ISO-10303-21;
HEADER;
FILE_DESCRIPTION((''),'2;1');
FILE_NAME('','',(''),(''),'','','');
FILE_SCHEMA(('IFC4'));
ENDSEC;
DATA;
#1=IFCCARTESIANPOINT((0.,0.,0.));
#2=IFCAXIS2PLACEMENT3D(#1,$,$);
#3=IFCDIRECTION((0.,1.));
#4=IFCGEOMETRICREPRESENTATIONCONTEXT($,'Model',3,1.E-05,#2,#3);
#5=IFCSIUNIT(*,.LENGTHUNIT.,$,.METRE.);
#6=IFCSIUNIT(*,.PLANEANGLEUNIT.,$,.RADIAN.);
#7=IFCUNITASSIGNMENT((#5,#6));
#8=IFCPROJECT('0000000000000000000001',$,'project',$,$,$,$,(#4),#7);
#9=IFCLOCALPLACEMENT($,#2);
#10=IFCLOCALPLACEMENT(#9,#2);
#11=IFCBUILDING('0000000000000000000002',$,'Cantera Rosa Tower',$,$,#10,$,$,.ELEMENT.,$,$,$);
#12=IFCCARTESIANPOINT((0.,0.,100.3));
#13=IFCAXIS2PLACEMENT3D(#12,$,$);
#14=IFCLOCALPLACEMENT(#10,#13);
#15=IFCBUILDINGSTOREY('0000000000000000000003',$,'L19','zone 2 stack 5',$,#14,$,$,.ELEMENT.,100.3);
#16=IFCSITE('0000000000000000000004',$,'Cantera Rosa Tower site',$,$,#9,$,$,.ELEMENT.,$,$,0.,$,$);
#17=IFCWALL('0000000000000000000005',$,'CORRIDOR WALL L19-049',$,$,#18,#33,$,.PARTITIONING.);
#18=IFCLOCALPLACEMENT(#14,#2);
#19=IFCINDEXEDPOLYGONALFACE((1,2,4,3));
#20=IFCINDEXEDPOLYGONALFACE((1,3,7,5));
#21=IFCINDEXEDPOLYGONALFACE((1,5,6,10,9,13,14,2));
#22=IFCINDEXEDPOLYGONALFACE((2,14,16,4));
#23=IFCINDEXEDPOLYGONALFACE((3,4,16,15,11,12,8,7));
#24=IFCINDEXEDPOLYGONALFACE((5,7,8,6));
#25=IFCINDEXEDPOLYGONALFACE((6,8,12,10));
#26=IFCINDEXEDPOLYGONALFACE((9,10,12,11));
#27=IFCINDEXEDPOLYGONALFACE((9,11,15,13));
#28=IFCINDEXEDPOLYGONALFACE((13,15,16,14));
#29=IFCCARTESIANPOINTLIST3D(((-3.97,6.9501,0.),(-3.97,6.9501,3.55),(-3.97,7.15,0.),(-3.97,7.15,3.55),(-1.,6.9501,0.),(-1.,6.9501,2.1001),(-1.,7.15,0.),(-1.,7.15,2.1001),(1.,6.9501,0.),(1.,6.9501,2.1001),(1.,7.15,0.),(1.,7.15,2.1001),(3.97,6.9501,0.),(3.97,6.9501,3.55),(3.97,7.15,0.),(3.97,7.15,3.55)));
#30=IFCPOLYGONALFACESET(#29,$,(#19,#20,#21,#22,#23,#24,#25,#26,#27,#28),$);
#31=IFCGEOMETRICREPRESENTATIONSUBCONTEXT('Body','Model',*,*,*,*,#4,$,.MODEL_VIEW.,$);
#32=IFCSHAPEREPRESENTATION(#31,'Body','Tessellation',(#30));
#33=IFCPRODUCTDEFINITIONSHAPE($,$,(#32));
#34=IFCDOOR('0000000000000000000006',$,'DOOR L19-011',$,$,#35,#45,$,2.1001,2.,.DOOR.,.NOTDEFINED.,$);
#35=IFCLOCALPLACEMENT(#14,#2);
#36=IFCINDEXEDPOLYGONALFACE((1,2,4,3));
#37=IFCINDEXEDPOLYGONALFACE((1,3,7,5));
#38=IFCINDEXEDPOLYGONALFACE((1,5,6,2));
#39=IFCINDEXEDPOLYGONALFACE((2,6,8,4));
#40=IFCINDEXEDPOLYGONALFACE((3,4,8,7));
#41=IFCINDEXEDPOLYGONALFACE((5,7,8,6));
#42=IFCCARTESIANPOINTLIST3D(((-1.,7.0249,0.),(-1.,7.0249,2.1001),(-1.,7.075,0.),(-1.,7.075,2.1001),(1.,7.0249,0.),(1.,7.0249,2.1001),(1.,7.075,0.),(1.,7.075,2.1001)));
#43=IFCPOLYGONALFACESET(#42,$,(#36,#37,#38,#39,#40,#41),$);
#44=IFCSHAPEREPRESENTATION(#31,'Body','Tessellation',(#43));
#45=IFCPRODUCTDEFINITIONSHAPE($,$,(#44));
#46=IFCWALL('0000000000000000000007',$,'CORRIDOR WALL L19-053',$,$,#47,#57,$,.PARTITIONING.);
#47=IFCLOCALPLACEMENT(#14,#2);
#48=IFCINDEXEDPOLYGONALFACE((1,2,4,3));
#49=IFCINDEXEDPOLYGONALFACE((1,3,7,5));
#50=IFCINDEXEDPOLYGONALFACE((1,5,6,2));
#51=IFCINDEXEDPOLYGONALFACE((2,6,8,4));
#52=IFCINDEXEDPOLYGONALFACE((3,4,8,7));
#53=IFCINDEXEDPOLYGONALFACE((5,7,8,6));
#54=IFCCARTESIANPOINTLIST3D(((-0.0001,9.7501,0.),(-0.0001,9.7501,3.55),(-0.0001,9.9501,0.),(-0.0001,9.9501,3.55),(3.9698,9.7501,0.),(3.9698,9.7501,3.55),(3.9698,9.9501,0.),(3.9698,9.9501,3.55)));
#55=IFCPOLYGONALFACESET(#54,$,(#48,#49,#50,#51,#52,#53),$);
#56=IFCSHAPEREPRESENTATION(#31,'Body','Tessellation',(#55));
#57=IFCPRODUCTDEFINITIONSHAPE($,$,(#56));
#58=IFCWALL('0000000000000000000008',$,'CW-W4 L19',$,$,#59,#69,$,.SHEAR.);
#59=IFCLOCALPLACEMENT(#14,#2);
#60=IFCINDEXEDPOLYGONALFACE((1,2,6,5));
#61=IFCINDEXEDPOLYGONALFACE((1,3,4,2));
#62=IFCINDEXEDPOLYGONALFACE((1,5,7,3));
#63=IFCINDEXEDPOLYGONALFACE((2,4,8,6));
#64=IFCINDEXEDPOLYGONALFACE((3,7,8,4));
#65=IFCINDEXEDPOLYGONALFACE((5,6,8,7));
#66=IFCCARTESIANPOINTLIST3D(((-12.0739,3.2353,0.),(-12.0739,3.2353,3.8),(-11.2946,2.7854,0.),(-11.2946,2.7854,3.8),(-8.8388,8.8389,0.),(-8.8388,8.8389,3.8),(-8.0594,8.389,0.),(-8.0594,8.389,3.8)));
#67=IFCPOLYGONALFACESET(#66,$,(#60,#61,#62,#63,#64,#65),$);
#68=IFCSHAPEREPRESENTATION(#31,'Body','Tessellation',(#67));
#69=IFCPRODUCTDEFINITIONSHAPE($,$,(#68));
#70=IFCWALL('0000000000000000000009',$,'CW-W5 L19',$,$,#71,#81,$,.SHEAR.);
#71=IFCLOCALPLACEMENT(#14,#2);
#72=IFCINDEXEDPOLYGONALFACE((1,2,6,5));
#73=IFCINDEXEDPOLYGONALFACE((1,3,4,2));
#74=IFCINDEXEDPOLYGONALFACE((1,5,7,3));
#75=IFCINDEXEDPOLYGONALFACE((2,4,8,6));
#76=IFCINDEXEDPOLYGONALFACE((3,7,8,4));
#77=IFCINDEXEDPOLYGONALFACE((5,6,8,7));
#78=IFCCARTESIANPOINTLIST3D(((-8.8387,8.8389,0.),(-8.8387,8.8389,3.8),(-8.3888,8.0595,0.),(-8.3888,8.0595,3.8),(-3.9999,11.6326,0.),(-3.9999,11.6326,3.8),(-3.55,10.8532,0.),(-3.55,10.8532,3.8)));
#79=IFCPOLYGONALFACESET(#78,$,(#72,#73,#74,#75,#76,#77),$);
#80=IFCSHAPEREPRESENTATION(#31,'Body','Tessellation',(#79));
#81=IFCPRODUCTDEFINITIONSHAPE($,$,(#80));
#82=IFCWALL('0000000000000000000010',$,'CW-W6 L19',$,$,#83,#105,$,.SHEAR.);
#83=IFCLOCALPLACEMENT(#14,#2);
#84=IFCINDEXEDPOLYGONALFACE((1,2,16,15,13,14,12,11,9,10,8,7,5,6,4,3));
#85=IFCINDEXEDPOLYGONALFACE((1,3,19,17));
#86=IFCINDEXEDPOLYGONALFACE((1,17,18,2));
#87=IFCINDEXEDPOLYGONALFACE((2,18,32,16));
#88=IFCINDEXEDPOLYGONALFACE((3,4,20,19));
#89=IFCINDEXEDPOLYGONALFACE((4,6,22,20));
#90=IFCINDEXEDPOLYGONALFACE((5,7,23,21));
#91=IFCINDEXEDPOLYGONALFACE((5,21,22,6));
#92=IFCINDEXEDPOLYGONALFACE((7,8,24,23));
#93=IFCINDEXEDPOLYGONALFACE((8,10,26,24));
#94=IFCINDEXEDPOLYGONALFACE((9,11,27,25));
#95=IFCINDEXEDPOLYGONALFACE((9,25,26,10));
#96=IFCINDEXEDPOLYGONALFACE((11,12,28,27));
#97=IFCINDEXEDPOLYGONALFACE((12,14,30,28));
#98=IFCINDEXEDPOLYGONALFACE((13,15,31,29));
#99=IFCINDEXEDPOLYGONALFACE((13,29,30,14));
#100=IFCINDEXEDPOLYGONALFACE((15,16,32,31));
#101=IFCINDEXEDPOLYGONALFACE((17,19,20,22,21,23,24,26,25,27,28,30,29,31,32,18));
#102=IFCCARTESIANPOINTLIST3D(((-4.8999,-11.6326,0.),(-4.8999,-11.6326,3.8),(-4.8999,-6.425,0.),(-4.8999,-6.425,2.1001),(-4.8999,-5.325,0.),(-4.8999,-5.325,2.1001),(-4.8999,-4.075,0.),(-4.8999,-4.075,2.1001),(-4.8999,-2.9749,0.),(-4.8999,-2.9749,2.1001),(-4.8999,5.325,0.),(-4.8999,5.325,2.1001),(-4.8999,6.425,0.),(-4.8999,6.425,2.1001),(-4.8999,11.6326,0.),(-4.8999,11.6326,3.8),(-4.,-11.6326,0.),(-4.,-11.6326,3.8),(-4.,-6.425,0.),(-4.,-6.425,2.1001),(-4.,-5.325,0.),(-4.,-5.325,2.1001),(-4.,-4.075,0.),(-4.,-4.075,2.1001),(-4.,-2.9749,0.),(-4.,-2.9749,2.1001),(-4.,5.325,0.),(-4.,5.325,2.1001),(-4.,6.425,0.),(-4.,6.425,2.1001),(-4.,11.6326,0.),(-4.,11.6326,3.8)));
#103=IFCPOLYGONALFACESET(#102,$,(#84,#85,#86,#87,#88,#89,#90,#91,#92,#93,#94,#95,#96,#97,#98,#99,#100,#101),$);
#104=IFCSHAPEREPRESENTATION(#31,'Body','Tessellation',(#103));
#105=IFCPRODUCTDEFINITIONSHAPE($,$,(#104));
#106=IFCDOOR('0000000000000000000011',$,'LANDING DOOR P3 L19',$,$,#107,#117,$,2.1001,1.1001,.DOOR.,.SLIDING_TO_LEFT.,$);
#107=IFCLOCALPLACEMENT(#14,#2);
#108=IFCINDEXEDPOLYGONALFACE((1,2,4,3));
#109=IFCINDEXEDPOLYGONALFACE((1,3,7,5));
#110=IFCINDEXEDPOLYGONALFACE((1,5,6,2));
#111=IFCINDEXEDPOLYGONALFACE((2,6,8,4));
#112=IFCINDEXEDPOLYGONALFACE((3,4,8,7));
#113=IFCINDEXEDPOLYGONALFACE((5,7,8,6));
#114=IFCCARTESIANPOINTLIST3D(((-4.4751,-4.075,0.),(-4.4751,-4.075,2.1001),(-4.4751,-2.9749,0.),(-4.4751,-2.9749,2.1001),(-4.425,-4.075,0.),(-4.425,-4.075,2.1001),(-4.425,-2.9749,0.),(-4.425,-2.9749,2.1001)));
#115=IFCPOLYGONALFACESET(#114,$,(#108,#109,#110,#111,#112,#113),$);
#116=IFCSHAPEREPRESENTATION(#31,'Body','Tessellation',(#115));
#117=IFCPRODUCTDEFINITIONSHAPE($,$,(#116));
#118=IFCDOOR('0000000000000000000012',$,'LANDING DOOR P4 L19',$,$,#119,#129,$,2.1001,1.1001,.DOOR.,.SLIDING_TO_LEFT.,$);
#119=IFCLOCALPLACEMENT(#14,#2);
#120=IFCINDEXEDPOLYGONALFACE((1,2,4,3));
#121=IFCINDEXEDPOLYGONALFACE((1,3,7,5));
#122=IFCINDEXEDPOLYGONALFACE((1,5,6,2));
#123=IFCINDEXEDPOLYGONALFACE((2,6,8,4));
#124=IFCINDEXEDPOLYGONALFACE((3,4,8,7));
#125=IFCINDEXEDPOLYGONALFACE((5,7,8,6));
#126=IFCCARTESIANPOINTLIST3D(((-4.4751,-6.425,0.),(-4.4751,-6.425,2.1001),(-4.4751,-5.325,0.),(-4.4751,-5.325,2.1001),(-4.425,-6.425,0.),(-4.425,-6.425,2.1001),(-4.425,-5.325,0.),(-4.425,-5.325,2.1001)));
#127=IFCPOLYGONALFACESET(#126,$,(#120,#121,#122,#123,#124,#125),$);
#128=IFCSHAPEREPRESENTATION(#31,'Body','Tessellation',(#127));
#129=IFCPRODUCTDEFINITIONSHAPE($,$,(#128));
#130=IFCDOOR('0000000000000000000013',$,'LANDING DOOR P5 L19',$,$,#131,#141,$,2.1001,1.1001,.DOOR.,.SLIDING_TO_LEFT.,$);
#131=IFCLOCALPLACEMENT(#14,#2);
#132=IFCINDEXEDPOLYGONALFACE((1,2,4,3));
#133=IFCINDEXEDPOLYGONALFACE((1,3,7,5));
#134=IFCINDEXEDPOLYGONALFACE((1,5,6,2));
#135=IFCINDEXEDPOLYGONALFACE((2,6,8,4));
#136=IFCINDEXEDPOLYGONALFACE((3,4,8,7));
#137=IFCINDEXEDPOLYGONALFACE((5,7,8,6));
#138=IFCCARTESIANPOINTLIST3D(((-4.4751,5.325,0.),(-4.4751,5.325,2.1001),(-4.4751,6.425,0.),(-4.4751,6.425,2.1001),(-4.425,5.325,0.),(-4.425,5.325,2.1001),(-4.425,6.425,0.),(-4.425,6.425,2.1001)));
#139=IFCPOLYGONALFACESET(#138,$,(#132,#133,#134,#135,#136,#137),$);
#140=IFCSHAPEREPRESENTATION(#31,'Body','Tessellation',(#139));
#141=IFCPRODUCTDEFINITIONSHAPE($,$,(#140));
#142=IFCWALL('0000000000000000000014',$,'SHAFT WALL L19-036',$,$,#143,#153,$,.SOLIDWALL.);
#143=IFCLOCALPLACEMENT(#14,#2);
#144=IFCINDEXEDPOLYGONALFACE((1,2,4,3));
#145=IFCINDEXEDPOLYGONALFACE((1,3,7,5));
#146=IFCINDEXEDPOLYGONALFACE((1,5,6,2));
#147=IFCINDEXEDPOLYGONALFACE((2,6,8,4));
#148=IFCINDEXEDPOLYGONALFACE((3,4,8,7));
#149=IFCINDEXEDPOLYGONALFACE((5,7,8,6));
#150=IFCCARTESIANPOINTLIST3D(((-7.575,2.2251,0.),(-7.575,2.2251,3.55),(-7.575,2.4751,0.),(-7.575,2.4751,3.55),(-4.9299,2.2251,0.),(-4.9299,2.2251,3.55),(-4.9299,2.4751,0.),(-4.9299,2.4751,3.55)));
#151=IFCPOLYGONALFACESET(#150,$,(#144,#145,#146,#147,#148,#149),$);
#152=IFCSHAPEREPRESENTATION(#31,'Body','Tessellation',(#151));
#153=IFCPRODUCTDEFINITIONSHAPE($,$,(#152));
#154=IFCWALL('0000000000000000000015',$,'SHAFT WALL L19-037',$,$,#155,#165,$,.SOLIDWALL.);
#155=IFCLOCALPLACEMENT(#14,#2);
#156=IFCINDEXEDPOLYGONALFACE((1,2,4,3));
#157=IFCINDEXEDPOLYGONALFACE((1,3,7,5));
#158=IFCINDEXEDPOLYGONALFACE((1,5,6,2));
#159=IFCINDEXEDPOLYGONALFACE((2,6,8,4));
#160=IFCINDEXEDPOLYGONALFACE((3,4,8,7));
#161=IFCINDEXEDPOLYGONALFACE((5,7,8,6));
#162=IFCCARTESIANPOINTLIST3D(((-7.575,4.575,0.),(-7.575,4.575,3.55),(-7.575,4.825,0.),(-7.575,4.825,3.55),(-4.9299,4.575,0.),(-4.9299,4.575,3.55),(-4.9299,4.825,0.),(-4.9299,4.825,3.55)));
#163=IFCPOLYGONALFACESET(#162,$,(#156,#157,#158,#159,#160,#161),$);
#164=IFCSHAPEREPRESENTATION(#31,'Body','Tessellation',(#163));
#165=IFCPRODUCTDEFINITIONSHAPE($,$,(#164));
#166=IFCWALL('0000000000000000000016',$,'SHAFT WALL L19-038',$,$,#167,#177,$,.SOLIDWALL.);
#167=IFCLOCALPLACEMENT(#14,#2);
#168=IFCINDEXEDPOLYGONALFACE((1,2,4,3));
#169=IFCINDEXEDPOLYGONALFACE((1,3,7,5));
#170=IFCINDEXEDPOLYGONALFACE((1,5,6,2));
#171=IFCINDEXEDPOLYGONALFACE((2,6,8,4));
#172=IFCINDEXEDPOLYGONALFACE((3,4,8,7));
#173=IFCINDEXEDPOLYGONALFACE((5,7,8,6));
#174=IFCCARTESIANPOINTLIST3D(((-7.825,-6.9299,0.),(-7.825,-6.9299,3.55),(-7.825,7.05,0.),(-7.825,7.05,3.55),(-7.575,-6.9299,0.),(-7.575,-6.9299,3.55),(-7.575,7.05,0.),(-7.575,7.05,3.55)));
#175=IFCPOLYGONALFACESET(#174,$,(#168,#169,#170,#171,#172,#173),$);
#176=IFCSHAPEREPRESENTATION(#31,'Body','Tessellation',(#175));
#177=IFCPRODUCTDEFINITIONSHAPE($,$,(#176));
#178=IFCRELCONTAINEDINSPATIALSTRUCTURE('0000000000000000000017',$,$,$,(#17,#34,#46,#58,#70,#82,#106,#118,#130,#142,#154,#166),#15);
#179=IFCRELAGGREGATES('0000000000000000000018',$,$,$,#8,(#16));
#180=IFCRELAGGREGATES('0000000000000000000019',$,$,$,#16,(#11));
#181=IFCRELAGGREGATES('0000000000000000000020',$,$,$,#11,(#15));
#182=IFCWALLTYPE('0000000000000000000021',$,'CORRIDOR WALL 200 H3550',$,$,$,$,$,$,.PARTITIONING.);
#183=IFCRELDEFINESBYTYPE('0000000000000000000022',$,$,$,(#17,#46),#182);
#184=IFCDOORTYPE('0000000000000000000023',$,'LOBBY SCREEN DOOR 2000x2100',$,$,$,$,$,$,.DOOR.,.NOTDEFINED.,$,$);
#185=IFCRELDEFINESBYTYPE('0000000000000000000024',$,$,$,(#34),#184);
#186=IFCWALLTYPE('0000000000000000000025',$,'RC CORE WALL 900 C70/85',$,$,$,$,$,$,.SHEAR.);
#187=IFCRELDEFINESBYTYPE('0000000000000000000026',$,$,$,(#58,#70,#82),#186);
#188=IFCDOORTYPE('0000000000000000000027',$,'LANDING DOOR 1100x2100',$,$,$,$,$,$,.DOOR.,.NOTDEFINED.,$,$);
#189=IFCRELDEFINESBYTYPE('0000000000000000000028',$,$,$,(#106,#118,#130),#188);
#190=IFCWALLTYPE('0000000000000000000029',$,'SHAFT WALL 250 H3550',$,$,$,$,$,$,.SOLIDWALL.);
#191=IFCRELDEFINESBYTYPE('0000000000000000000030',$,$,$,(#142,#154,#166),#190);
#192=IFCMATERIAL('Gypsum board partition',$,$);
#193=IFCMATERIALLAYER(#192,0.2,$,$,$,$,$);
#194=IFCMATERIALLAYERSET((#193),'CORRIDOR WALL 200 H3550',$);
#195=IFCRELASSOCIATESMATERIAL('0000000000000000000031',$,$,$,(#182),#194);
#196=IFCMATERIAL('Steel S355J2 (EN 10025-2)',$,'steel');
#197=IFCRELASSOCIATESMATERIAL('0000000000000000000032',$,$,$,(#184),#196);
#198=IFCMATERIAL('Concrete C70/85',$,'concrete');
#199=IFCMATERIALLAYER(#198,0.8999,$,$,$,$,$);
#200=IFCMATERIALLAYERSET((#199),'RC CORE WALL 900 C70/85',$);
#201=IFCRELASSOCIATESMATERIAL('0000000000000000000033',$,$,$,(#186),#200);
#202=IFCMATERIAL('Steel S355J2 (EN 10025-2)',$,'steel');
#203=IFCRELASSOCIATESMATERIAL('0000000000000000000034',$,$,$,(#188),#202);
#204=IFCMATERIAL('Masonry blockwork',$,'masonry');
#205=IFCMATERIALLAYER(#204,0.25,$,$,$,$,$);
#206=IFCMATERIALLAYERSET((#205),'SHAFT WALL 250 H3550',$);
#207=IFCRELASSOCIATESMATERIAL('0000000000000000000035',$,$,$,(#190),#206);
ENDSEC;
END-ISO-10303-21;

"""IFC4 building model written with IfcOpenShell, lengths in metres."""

from ifc_helpers import new_model, si_unit, direction, frame, frame_2d, origin, place, context, subcontext, project, spatial, rectangle, extrude, material, layer, layer_set, type_object, element, fill, save


model = new_model("IFC4")

# Units and contexts
model_context = context("Model", 3, precision=1e-05, world=origin(), true_north=direction((0.0, 1.0)))
body_context = subcontext(model_context, "Body", "Model", "MODEL_VIEW")
ifc_project = project(units=[si_unit("LENGTHUNIT", "METRE"), si_unit("PLANEANGLEUNIT", "RADIAN")], contexts=[model_context])

# Site, building, storey
site_placement = place(None, origin())
site = spatial("IfcSite", under=ifc_project, at=site_placement, Name="Cantera Rosa Tower site", CompositionType="ELEMENT", RefElevation=0.0)
building_placement = place(site_placement, origin())
building = spatial("IfcBuilding", under=site, at=building_placement, Name="Cantera Rosa Tower", CompositionType="ELEMENT")
storey_placement = place(building_placement, frame((0.0, 0.0, 100.3)))
storey = spatial("IfcBuildingStorey", under=building, at=storey_placement, Name="L19", Description="zone 2 stack 5", CompositionType="ELEMENT", Elevation=100.3)

# Wall, opening, door
ifc_material_1 = material(Name="Gypsum board partition")
ifc_layer_1 = layer(ifc_material_1, 0.2)
ifc_layer_set_1 = layer_set([ifc_layer_1], Name="CORRIDOR WALL 200 H3550")
wall_type_1 = type_object("IfcWallType", Name="CORRIDOR WALL 200 H3550", PredefinedType="PARTITIONING", material=ifc_layer_set_1)
wall_1_placement = place(storey_placement, frame((-3.97, 7.05, 0.0), z_axis=(0.0, 0.0, 1.0), x_axis=(1.0, 0.0, 0.0)))
wall_1 = element("IfcWall", 1, at=wall_1_placement, inside=storey, type_object=wall_type_1, Name="CORRIDOR WALL L19-049", PredefinedType="PARTITIONING", context=body_context, shape_type="SweptSolid", body=[
    extrude(rectangle(XDim=7.9399, YDim=0.2, at=frame_2d((3.97, 0.0))), origin(), (0.0, 0.0, 1.0), 3.55),
])
opening_1_placement = place(wall_1_placement, frame((2.97, 0.0, 0.0)))
opening_1 = element("IfcOpeningElement", 2, at=opening_1_placement, cuts=wall_1, PredefinedType="OPENING", context=body_context, shape_type="SweptSolid", body=[
    extrude(rectangle(XDim=2.0, YDim=2.1001, at=frame_2d((1.0, 1.05))), frame((0.0, 0.1099, 0.0), z_axis=(0.0, -1.0, 0.0), x_axis=(1.0, 0.0, 0.0)), (0.0, 0.0, 1.0), 0.22),
])
ifc_material_2 = material(Name="Steel S355J2 (EN 10025-2)", Category="steel")
door_type_1 = type_object("IfcDoorType", Name="LOBBY SCREEN DOOR 2000x2100", OperationType="NOTDEFINED", PredefinedType="DOOR", material=ifc_material_2)
door_1_placement = place(opening_1_placement, origin())
door_1 = element("IfcDoor", 3, at=door_1_placement, inside=storey, type_object=door_type_1, Name="DOOR L19-011", OperationType="NOTDEFINED", OverallHeight=2.1001, OverallWidth=2.0, PredefinedType="DOOR", context=body_context, shape_type="SweptSolid", body=[
    extrude(rectangle(XDim=2.0, YDim=2.1001, at=frame_2d((1.0, 1.05))), frame((0.0, 0.0249, 0.0), z_axis=(0.0, -1.0, 0.0), x_axis=(1.0, 0.0, 0.0)), (0.0, 0.0, 1.0), 0.05),
])
fill(opening_1, door_1)

# Walls
wall_2_placement = place(storey_placement, frame((0.0, 9.8501, 0.0), z_axis=(0.0, 0.0, 1.0), x_axis=(1.0, 0.0, 0.0)))
element("IfcWall", 4, at=wall_2_placement, inside=storey, type_object=wall_type_1, Name="CORRIDOR WALL L19-053", PredefinedType="PARTITIONING", context=body_context, shape_type="SweptSolid", body=[
    extrude(rectangle(XDim=3.97, YDim=0.2, at=frame_2d((1.9849, 0.0))), origin(), (0.0, 0.0, 1.0), 3.55),
])
ifc_material_3 = material(Name="Concrete C70/85", Category="concrete")
ifc_layer_2 = layer(ifc_material_3, 0.8999)
ifc_layer_set_2 = layer_set([ifc_layer_2], Name="RC CORE WALL 900 C70/85")
wall_type_2 = type_object("IfcWallType", Name="RC CORE WALL 900 C70/85", PredefinedType="SHEAR", material=ifc_layer_set_2)
wall_3_placement = place(storey_placement, frame((-11.6843, 3.0103, 0.0), z_axis=(0.0, 0.0, 1.0), x_axis=(0.49999, 0.866031, 0.0)))
element("IfcWall", 5, at=wall_3_placement, inside=storey, type_object=wall_type_2, Name="CW-W4 L19", PredefinedType="SHEAR", context=body_context, shape_type="SweptSolid", body=[
    extrude(rectangle(XDim=6.4705, YDim=0.8999, at=frame_2d((3.2354, 0.0))), origin(), (0.0, 0.0, 1.0), 3.8),
])
wall_4_placement = place(storey_placement, frame((-8.6138, 8.4492, 0.0), z_axis=(0.0, 0.0, 1.0), x_axis=(0.866027, 0.499997, 0.0)))
element("IfcWall", 6, at=wall_4_placement, inside=storey, type_object=wall_type_2, Name="CW-W5 L19", PredefinedType="SHEAR", context=body_context, shape_type="SweptSolid", body=[
    extrude(rectangle(XDim=5.5874, YDim=0.8999, at=frame_2d((2.7937, 0.0))), origin(), (0.0, 0.0, 1.0), 3.8),
])

# Wall, openings, doors
wall_5_placement = place(storey_placement, frame((-4.45, 11.6326, 0.0), z_axis=(0.0, 0.0, 1.0), x_axis=(0.0, -1.0, 0.0)))
wall_5 = element("IfcWall", 7, at=wall_5_placement, inside=storey, type_object=wall_type_2, Name="CW-W6 L19", PredefinedType="SHEAR", context=body_context, shape_type="SweptSolid", body=[
    extrude(rectangle(XDim=23.2651, YDim=0.8999, at=frame_2d((11.6326, 0.0))), origin(), (0.0, 0.0, 1.0), 3.8),
])
opening_2_placement = place(wall_5_placement, frame((14.6074, 0.0, 0.0)))
opening_2 = element("IfcOpeningElement", 8, at=opening_2_placement, cuts=wall_5, PredefinedType="OPENING", context=body_context, shape_type="SweptSolid", body=[
    extrude(rectangle(XDim=1.1001, YDim=2.1001, at=frame_2d((0.55, 1.05))), frame((0.0, 0.46, 0.0), z_axis=(0.0, -1.0, 0.0), x_axis=(1.0, 0.0, 0.0)), (0.0, 0.0, 1.0), 0.9199),
])
opening_3_placement = place(wall_5_placement, frame((16.9575, 0.0, 0.0)))
opening_3 = element("IfcOpeningElement", 9, at=opening_3_placement, cuts=wall_5, PredefinedType="OPENING", context=body_context, shape_type="SweptSolid", body=[
    extrude(rectangle(XDim=1.1001, YDim=2.1001, at=frame_2d((0.55, 1.05))), frame((0.0, 0.46, 0.0), z_axis=(0.0, -1.0, 0.0), x_axis=(1.0, 0.0, 0.0)), (0.0, 0.0, 1.0), 0.9199),
])
opening_4_placement = place(wall_5_placement, frame((5.2075, 0.0, 0.0)))
opening_4 = element("IfcOpeningElement", 10, at=opening_4_placement, cuts=wall_5, PredefinedType="OPENING", context=body_context, shape_type="SweptSolid", body=[
    extrude(rectangle(XDim=1.1001, YDim=2.1001, at=frame_2d((0.55, 1.05))), frame((0.0, 0.46, 0.0), z_axis=(0.0, -1.0, 0.0), x_axis=(1.0, 0.0, 0.0)), (0.0, 0.0, 1.0), 0.9199),
])
ifc_material_4 = material(Name="Steel S355J2 (EN 10025-2)", Category="steel")
door_type_2 = type_object("IfcDoorType", Name="LANDING DOOR 1100x2100", OperationType="NOTDEFINED", PredefinedType="DOOR", material=ifc_material_4)
door_2_placement = place(opening_2_placement, origin())
door_2 = element("IfcDoor", 11, at=door_2_placement, inside=storey, type_object=door_type_2, Name="LANDING DOOR P3 L19", OperationType="SLIDING_TO_LEFT", OverallHeight=2.1001, OverallWidth=1.1001, PredefinedType="DOOR", context=body_context, shape_type="SweptSolid", body=[
    extrude(rectangle(XDim=1.1001, YDim=2.1001, at=frame_2d((0.55, 1.05))), frame((0.0, 0.0249, 0.0), z_axis=(0.0, -1.0, 0.0), x_axis=(1.0, 0.0, 0.0)), (0.0, 0.0, 1.0), 0.05),
])
fill(opening_2, door_2)
door_3_placement = place(opening_3_placement, origin())
door_3 = element("IfcDoor", 12, at=door_3_placement, inside=storey, type_object=door_type_2, Name="LANDING DOOR P4 L19", OperationType="SLIDING_TO_LEFT", OverallHeight=2.1001, OverallWidth=1.1001, PredefinedType="DOOR", context=body_context, shape_type="SweptSolid", body=[
    extrude(rectangle(XDim=1.1001, YDim=2.1001, at=frame_2d((0.55, 1.05))), frame((0.0, 0.0249, 0.0), z_axis=(0.0, -1.0, 0.0), x_axis=(1.0, 0.0, 0.0)), (0.0, 0.0, 1.0), 0.05),
])
fill(opening_3, door_3)
door_4_placement = place(opening_4_placement, origin())
door_4 = element("IfcDoor", 13, at=door_4_placement, inside=storey, type_object=door_type_2, Name="LANDING DOOR P5 L19", OperationType="SLIDING_TO_LEFT", OverallHeight=2.1001, OverallWidth=1.1001, PredefinedType="DOOR", context=body_context, shape_type="SweptSolid", body=[
    extrude(rectangle(XDim=1.1001, YDim=2.1001, at=frame_2d((0.55, 1.05))), frame((0.0, 0.0249, 0.0), z_axis=(0.0, -1.0, 0.0), x_axis=(1.0, 0.0, 0.0)), (0.0, 0.0, 1.0), 0.05),
])
fill(opening_4, door_4)

# Walls
ifc_material_5 = material(Name="Masonry blockwork", Category="masonry")
ifc_layer_3 = layer(ifc_material_5, 0.25)
ifc_layer_set_3 = layer_set([ifc_layer_3], Name="SHAFT WALL 250 H3550")
wall_type_3 = type_object("IfcWallType", Name="SHAFT WALL 250 H3550", PredefinedType="SOLIDWALL", material=ifc_layer_set_3)
for number, where, z_axis, x_axis, name in (
    (14, (-7.575, 2.3501, 0.0), (0.0, 0.0, 1.0), (1.0, 0.0, 0.0), "SHAFT WALL L19-036"),
    (15, (-7.575, 4.7, 0.0), (0.0, 0.0, 1.0), (1.0, 0.0, 0.0), "SHAFT WALL L19-037"),
):
    element("IfcWall", number, at=place(storey_placement, frame(where, z_axis=z_axis, x_axis=x_axis)), inside=storey, type_object=wall_type_3, Name=name, PredefinedType="SOLIDWALL", context=body_context, shape_type="SweptSolid", body=[
        extrude(rectangle(XDim=2.645, YDim=0.25, at=frame_2d((1.3225, 0.0))), origin(), (0.0, 0.0, 1.0), 3.55),
    ])
wall_6_placement = place(storey_placement, frame((-7.7, 7.05, 0.0), z_axis=(0.0, 0.0, 1.0), x_axis=(0.0, -1.0, 0.0)))
element("IfcWall", 16, at=wall_6_placement, inside=storey, type_object=wall_type_3, Name="SHAFT WALL L19-038", PredefinedType="SOLIDWALL", context=body_context, shape_type="SweptSolid", body=[
    extrude(rectangle(XDim=13.98, YDim=0.25, at=frame_2d((6.99, 0.0))), origin(), (0.0, 0.0, 1.0), 3.55),
])

save(model, "model.ifc")
